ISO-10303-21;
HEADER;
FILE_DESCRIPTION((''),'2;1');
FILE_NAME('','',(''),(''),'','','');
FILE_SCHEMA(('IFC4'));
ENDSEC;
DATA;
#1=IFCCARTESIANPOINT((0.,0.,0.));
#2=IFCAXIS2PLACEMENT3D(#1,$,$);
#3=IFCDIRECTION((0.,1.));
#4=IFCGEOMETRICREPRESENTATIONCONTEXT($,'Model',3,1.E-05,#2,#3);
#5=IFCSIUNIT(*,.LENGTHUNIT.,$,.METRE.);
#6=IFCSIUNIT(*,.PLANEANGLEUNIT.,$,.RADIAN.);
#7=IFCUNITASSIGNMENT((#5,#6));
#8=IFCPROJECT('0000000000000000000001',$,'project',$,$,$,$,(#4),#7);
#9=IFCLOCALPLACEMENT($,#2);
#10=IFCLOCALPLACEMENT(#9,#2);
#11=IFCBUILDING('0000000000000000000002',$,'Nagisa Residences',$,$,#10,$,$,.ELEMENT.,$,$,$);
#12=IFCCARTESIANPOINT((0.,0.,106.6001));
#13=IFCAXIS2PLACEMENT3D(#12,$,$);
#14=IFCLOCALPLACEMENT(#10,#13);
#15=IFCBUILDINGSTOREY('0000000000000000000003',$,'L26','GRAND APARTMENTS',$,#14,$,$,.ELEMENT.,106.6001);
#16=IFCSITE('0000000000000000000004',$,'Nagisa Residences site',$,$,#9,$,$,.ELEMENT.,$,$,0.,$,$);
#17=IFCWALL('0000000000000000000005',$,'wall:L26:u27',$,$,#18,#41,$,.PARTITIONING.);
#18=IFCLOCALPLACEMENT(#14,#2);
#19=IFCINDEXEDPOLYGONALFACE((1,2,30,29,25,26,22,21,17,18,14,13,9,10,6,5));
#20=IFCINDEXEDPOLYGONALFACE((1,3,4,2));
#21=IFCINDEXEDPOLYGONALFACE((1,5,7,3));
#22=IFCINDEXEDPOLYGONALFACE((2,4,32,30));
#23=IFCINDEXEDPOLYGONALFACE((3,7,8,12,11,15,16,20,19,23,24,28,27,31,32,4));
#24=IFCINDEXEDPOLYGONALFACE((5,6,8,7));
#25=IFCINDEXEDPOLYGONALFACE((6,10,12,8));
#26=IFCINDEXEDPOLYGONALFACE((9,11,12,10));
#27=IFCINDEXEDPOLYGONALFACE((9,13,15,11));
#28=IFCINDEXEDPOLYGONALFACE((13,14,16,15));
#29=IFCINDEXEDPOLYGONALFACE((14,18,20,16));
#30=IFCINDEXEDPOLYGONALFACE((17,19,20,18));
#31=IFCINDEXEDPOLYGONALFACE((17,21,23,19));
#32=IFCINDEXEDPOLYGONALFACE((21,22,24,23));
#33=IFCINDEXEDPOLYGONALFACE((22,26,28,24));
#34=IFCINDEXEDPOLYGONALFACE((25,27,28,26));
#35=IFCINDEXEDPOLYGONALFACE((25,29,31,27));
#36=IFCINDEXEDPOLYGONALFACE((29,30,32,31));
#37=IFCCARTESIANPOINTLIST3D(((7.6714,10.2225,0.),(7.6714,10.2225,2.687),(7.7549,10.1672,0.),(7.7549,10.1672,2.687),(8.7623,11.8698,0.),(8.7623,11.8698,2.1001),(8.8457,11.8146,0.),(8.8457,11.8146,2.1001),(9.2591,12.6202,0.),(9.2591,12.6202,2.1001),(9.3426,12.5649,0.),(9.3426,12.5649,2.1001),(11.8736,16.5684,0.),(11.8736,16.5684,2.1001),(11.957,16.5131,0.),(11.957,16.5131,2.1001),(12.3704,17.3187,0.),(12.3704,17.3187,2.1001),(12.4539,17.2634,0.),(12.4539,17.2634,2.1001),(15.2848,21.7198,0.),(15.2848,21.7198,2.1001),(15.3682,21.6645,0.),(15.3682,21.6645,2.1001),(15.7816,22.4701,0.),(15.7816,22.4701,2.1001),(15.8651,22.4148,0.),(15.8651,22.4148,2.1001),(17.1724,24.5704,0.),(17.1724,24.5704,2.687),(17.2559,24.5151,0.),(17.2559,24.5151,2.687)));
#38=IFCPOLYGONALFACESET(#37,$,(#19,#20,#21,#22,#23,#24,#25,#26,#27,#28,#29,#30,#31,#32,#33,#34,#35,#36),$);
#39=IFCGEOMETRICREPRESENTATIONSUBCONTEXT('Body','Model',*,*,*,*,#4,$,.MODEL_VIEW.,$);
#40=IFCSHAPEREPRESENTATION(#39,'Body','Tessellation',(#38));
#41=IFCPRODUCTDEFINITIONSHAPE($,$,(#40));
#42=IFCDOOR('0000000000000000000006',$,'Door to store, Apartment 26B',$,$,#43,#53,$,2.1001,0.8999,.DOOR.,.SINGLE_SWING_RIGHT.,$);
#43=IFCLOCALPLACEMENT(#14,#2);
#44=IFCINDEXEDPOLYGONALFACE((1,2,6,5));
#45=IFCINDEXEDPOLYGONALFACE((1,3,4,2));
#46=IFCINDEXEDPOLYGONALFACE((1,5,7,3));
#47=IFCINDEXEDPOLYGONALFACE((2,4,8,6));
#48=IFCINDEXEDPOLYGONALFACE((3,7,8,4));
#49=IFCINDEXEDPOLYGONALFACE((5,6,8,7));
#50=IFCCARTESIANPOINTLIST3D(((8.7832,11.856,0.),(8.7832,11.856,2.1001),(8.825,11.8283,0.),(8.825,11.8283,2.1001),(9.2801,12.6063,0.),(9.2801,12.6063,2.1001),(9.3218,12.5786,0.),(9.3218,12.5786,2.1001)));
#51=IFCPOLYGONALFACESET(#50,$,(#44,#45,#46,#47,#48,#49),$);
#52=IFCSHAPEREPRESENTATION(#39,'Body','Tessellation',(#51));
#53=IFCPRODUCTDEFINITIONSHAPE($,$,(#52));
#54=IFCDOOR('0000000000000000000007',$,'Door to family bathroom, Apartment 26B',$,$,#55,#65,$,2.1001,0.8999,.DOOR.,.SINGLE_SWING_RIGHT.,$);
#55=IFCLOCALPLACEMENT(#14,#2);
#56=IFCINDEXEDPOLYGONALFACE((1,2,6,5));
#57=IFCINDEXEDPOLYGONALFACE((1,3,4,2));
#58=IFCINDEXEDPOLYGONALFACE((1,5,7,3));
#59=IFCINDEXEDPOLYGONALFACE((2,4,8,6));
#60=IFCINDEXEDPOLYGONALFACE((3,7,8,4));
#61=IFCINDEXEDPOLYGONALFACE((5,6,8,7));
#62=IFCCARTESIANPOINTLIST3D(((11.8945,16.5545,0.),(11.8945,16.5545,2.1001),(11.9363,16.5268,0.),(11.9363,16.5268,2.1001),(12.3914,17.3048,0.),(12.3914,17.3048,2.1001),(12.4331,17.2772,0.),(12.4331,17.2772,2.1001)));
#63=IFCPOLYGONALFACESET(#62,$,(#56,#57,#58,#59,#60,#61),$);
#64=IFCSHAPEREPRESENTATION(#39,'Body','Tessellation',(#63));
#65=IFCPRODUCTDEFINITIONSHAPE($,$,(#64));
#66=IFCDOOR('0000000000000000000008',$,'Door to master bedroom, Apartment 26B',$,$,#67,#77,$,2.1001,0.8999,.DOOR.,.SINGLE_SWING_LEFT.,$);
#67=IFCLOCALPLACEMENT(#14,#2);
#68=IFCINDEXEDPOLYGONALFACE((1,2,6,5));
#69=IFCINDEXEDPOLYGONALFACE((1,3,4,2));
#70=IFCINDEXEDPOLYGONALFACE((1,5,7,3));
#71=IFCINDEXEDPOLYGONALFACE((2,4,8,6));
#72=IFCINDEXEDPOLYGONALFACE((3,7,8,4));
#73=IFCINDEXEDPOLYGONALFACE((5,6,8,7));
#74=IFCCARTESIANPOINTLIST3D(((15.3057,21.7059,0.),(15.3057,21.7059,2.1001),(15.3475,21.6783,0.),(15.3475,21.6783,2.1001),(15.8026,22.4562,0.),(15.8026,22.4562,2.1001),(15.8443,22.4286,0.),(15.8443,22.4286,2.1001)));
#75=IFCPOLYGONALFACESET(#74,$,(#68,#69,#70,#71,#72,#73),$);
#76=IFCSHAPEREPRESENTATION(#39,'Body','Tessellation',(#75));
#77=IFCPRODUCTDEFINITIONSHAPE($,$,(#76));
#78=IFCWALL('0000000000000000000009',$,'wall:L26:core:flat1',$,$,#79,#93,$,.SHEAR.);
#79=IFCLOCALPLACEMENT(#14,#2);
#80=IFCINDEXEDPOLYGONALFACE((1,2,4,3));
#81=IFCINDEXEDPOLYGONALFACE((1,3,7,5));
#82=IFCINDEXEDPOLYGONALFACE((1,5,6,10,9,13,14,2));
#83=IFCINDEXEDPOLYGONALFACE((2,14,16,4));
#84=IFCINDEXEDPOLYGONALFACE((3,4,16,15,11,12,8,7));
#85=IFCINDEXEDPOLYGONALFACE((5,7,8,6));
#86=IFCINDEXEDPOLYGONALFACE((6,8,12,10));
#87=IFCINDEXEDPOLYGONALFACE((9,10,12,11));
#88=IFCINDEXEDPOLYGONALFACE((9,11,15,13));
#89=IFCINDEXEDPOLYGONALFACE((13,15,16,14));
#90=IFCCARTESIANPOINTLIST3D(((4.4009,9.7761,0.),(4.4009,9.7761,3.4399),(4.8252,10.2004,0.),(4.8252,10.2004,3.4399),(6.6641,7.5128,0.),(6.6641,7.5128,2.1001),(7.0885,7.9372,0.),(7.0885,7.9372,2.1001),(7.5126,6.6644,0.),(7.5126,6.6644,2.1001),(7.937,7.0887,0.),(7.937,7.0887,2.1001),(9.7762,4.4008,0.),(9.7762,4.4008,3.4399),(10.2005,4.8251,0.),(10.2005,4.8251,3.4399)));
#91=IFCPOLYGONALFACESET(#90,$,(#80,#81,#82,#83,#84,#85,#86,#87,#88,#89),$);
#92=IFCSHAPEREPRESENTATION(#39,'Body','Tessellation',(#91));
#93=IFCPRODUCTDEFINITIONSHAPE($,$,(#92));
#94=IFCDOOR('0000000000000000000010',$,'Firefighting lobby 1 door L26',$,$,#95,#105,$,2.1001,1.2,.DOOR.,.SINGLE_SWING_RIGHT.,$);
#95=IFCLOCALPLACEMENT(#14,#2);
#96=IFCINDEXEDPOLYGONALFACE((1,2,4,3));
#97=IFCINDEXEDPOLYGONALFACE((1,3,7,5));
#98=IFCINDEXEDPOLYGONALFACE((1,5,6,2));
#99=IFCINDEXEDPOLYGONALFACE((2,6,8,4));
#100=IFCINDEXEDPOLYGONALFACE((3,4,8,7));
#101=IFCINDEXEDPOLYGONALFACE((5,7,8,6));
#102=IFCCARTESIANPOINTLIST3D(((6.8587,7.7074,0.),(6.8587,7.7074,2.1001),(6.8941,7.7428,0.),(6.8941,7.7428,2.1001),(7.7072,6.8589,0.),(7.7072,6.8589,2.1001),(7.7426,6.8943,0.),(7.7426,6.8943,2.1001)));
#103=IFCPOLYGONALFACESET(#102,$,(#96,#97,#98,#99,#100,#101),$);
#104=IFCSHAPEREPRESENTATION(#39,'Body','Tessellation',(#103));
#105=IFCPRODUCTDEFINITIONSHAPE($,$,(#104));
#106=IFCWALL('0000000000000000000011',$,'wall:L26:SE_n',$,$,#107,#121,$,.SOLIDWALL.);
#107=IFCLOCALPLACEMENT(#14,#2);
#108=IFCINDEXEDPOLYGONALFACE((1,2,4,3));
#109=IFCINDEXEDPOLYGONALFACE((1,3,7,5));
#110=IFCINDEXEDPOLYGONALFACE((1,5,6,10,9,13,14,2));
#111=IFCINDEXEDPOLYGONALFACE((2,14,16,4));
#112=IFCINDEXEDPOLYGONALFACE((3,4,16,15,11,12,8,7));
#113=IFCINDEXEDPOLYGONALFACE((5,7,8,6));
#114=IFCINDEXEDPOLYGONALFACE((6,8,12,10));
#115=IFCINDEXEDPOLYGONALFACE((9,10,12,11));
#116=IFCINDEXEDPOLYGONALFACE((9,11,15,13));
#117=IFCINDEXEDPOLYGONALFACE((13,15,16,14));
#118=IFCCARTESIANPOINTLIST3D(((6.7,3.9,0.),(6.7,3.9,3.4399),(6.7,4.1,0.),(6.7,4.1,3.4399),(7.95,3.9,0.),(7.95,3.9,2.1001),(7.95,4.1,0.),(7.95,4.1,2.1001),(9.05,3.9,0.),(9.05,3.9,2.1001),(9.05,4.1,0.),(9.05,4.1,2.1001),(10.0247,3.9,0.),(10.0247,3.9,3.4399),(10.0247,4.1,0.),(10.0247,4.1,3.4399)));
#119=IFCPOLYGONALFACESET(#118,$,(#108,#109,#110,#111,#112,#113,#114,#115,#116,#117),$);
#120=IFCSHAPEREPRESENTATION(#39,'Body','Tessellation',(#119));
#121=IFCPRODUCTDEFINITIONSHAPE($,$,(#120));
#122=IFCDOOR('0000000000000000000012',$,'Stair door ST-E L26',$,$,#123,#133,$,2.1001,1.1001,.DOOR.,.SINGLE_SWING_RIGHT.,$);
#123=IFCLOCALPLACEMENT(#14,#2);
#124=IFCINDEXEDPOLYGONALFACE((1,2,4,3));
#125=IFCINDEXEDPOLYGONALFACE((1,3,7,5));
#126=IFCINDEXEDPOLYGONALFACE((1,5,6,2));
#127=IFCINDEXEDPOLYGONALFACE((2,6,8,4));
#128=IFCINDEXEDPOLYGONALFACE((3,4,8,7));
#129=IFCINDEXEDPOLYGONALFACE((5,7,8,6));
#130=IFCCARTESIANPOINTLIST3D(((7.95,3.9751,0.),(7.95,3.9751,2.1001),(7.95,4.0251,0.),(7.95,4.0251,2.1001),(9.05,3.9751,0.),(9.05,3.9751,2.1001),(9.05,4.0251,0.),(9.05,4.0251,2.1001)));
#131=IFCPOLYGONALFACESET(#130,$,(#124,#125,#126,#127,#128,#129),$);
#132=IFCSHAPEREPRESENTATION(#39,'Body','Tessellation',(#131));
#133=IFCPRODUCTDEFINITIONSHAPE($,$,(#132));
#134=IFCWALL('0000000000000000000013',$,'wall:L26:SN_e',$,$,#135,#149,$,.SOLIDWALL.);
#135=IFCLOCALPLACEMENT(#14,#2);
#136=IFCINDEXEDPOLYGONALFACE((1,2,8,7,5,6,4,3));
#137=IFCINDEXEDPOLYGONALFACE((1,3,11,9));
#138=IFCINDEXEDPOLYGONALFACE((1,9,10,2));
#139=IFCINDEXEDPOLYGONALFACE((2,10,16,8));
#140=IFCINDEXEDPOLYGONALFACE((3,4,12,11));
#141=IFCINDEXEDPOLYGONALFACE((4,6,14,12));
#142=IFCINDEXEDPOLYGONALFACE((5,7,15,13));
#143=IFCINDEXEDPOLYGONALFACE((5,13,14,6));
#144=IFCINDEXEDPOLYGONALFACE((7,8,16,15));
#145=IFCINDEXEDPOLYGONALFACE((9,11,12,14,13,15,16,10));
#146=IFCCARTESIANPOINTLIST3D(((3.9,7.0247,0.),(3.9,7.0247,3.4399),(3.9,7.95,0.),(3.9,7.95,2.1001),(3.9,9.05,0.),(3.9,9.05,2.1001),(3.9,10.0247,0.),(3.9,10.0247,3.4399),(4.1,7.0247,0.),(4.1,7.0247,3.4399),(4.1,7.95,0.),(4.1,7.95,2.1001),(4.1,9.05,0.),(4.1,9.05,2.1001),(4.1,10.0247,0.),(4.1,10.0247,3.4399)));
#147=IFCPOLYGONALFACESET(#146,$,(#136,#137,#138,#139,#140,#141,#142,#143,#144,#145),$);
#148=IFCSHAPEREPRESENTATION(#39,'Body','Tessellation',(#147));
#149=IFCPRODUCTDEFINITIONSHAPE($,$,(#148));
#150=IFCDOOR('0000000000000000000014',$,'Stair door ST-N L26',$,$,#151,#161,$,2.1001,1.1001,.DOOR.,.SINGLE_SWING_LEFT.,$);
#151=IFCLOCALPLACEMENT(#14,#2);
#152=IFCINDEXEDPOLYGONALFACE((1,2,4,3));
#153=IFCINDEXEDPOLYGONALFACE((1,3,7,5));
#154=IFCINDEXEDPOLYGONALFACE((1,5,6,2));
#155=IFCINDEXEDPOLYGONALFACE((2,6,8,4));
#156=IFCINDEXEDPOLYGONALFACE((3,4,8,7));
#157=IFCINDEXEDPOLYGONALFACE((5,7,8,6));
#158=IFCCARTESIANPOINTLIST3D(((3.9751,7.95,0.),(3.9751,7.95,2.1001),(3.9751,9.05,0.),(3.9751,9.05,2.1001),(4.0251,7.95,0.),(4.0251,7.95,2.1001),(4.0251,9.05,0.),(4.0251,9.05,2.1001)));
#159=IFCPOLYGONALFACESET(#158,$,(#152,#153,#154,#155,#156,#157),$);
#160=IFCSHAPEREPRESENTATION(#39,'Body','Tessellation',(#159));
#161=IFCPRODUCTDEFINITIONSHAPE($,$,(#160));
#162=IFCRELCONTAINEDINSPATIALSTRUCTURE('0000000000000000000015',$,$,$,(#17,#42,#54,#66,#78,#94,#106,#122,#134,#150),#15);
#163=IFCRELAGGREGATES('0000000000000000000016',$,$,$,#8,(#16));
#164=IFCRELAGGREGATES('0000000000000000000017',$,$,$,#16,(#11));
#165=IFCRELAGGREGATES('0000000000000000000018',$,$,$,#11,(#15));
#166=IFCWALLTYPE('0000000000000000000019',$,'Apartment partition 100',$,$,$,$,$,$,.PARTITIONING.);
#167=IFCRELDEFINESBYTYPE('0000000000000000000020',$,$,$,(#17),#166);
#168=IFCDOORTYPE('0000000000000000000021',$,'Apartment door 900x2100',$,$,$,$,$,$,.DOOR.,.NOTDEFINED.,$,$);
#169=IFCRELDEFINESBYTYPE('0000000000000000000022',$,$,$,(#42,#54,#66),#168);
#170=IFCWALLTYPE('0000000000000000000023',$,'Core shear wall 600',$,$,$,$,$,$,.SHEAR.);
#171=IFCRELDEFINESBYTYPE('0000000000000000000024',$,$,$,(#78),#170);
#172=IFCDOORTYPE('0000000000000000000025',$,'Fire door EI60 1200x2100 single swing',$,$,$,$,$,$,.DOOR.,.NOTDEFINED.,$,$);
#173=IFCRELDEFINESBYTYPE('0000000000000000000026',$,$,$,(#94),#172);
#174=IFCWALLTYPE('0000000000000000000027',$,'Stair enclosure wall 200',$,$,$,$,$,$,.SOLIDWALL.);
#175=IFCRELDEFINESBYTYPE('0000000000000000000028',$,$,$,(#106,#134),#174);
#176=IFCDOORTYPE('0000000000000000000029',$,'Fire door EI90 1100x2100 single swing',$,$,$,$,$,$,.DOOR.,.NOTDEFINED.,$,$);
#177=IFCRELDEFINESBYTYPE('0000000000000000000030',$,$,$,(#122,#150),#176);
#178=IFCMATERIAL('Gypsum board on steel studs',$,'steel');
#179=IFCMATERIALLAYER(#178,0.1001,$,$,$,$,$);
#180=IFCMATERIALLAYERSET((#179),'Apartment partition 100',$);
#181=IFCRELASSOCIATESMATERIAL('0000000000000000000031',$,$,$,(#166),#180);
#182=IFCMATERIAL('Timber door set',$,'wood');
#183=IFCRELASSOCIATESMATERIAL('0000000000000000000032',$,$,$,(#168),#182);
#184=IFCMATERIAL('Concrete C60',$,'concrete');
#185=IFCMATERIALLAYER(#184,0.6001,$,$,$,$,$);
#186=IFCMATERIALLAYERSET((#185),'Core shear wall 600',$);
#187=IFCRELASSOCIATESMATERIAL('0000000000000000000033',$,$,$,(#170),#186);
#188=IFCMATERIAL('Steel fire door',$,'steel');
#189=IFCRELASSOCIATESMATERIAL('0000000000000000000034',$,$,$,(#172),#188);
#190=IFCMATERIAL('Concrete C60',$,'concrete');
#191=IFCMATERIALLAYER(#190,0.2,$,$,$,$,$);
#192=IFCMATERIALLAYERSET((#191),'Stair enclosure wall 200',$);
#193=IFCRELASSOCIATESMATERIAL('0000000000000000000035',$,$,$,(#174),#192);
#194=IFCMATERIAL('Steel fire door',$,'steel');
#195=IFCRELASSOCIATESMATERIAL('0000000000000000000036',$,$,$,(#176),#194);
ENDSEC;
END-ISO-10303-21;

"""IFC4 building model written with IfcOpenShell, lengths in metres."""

from ifc_helpers import new_model, si_unit, direction, frame, frame_2d, origin, place, context, subcontext, project, spatial, rectangle, extrude, material, layer, layer_set, type_object, element, fill, save


model = new_model("IFC4")

# Units and contexts
model_context = context("Model", 3, precision=1e-05, world=origin(), true_north=direction((0.0, 1.0)))
body_context = subcontext(model_context, "Body", "Model", "MODEL_VIEW")
ifc_project = project(units=[si_unit("LENGTHUNIT", "METRE"), si_unit("PLANEANGLEUNIT", "RADIAN")], contexts=[model_context])

# Site, building, storey
site_placement = place(None, origin())
site = spatial("IfcSite", under=ifc_project, at=site_placement, Name="Nagisa Residences site", CompositionType="ELEMENT", RefElevation=0.0)
building_placement = place(site_placement, origin())
building = spatial("IfcBuilding", under=site, at=building_placement, Name="Nagisa Residences", CompositionType="ELEMENT")
storey_placement = place(building_placement, frame((0.0, 0.0, 106.6001)))
storey = spatial("IfcBuildingStorey", under=building, at=storey_placement, Name="L26", Description="GRAND APARTMENTS", CompositionType="ELEMENT", Elevation=106.6001)

# Shared definitions
ifc_material_1 = material(Name="Gypsum board on steel studs", Category="steel")
ifc_layer_1 = layer(ifc_material_1, 0.1001)
ifc_layer_set_1 = layer_set([ifc_layer_1], Name="Apartment partition 100")
wall_type_1 = type_object("IfcWallType", Name="Apartment partition 100", PredefinedType="PARTITIONING", material=ifc_layer_set_1)

# Wall, openings, doors
ifc_material_2 = material(Name="Timber door set", Category="wood")
door_type_1 = type_object("IfcDoorType", Name="Apartment door 900x2100", OperationType="NOTDEFINED", PredefinedType="DOOR", material=ifc_material_2)
wall_1_placement = place(storey_placement, frame((7.7131, 10.1948, 0.0), z_axis=(0.0, 0.0, 1.0), x_axis=(0.552111, 0.833771, 0.0)))
wall_1 = element("IfcWall", 1, at=wall_1_placement, inside=storey, type_object=wall_type_1, Name="wall:L26:u27", PredefinedType="PARTITIONING", context=body_context, shape_type="SweptSolid", body=[
    extrude(rectangle(XDim=17.2085, YDim=0.1001, at=frame_2d((8.6042, 0.0))), origin(), (0.0, 0.0, 1.0), 2.687),
])
opening_1_placement = place(wall_1_placement, frame((1.9758, 0.0, 0.0)))
opening_1 = element("IfcOpeningElement", 2, at=opening_1_placement, cuts=wall_1, PredefinedType="OPENING", context=body_context, shape_type="SweptSolid", body=[
    extrude(rectangle(XDim=0.8999, YDim=2.1001, at=frame_2d((0.45, 1.05))), frame((0.0, 0.0601, 0.0), z_axis=(0.0, -1.0, 0.0), x_axis=(1.0, 0.0, 0.0)), (0.0, 0.0, 1.0), 0.1201),
])
opening_2_placement = place(wall_1_placement, frame((7.6111, 0.0, 0.0)))
opening_2 = element("IfcOpeningElement", 3, at=opening_2_placement, cuts=wall_1, PredefinedType="OPENING", context=body_context, shape_type="SweptSolid", body=[
    extrude(rectangle(XDim=0.8999, YDim=2.1001, at=frame_2d((0.45, 1.05))), frame((0.0, 0.0601, 0.0), z_axis=(0.0, -1.0, 0.0), x_axis=(1.0, 0.0, 0.0)), (0.0, 0.0, 1.0), 0.1201),
])
opening_3_placement = place(wall_1_placement, frame((13.7896, 0.0, 0.0)))
opening_3 = element("IfcOpeningElement", 4, at=opening_3_placement, cuts=wall_1, PredefinedType="OPENING", context=body_context, shape_type="SweptSolid", body=[
    extrude(rectangle(XDim=0.8999, YDim=2.1001, at=frame_2d((0.45, 1.05))), frame((0.0, 0.0601, 0.0), z_axis=(0.0, -1.0, 0.0), x_axis=(1.0, 0.0, 0.0)), (0.0, 0.0, 1.0), 0.1201),
])
door_1_placement = place(opening_1_placement, origin())
door_1 = element("IfcDoor", 5, at=door_1_placement, inside=storey, type_object=door_type_1, Name="Door to store, Apartment 26B", OperationType="SINGLE_SWING_RIGHT", OverallHeight=2.1001, OverallWidth=0.8999, PredefinedType="DOOR", context=body_context, shape_type="SweptSolid", body=[
    extrude(rectangle(XDim=0.8999, YDim=2.1001, at=frame_2d((0.45, 1.05))), frame((0.0, 0.0249, 0.0), z_axis=(0.0, -1.0, 0.0), x_axis=(1.0, 0.0, 0.0)), (0.0, 0.0, 1.0), 0.05),
])
fill(opening_1, door_1)
door_2_placement = place(opening_2_placement, origin())
door_2 = element("IfcDoor", 6, at=door_2_placement, inside=storey, type_object=door_type_1, Name="Door to family bathroom, Apartment 26B", OperationType="SINGLE_SWING_RIGHT", OverallHeight=2.1001, OverallWidth=0.8999, PredefinedType="DOOR", context=body_context, shape_type="SweptSolid", body=[
    extrude(rectangle(XDim=0.8999, YDim=2.1001, at=frame_2d((0.45, 1.05))), frame((0.0, 0.0249, 0.0), z_axis=(0.0, -1.0, 0.0), x_axis=(1.0, 0.0, 0.0)), (0.0, 0.0, 1.0), 0.05),
])
fill(opening_2, door_2)
door_3_placement = place(opening_3_placement, origin())
door_3 = element("IfcDoor", 7, at=door_3_placement, inside=storey, type_object=door_type_1, Name="Door to master bedroom, Apartment 26B", OperationType="SINGLE_SWING_LEFT", OverallHeight=2.1001, OverallWidth=0.8999, PredefinedType="DOOR", context=body_context, shape_type="SweptSolid", body=[
    extrude(rectangle(XDim=0.8999, YDim=2.1001, at=frame_2d((0.45, 1.05))), frame((0.0, 0.0249, 0.0), z_axis=(0.0, -1.0, 0.0), x_axis=(1.0, 0.0, 0.0)), (0.0, 0.0, 1.0), 0.05),
])
fill(opening_3, door_3)

# Walls, openings, doors
ifc_material_3 = material(Name="Concrete C60", Category="concrete")
ifc_layer_2 = layer(ifc_material_3, 0.6001)
ifc_layer_set_2 = layer_set([ifc_layer_2], Name="Core shear wall 600")
wall_type_2 = type_object("IfcWallType", Name="Core shear wall 600", PredefinedType="SHEAR", material=ifc_layer_set_2)
wall_2_placement = place(storey_placement, frame((9.9883, 4.613, 0.0), z_axis=(0.0, 0.0, 1.0), x_axis=(-0.707107, 0.707107, 0.0)))
wall_2 = element("IfcWall", 8, at=wall_2_placement, inside=storey, type_object=wall_type_2, Name="wall:L26:core:flat1", PredefinedType="SHEAR", context=body_context, shape_type="SweptSolid", body=[
    extrude(rectangle(XDim=7.6018, YDim=0.6001, at=frame_2d((3.8008, 0.0))), origin(), (0.0, 0.0, 1.0), 3.4399),
])
opening_4_placement = place(wall_2_placement, frame((3.2009, 0.0, 0.0)))
opening_4 = element("IfcOpeningElement", 9, at=opening_4_placement, cuts=wall_2, PredefinedType="OPENING", context=body_context, shape_type="SweptSolid", body=[
    extrude(rectangle(XDim=1.2, YDim=2.1001, at=frame_2d((0.6001, 1.05))), frame((0.0, 0.3101, 0.0), z_axis=(0.0, -1.0, 0.0), x_axis=(1.0, 0.0, 0.0)), (0.0, 0.0, 1.0), 0.6201),
])
ifc_material_4 = material(Name="Steel fire door", Category="steel")
door_type_2 = type_object("IfcDoorType", Name="Fire door EI60 1200x2100 single swing", OperationType="NOTDEFINED", PredefinedType="DOOR", material=ifc_material_4)
door_4_placement = place(opening_4_placement, origin())
door_4 = element("IfcDoor", 10, at=door_4_placement, inside=storey, type_object=door_type_2, Name="Firefighting lobby 1 door L26", OperationType="SINGLE_SWING_RIGHT", OverallHeight=2.1001, OverallWidth=1.2, PredefinedType="DOOR", context=body_context, shape_type="SweptSolid", body=[
    extrude(rectangle(XDim=1.2, YDim=2.1001, at=frame_2d((0.6001, 1.05))), frame((0.0, 0.0249, 0.0), z_axis=(0.0, -1.0, 0.0), x_axis=(1.0, 0.0, 0.0)), (0.0, 0.0, 1.0), 0.05),
])
fill(opening_4, door_4)
ifc_material_5 = material(Name="Concrete C60", Category="concrete")
ifc_layer_3 = layer(ifc_material_5, 0.2)
ifc_layer_set_3 = layer_set([ifc_layer_3], Name="Stair enclosure wall 200")
wall_type_3 = type_object("IfcWallType", Name="Stair enclosure wall 200", PredefinedType="SOLIDWALL", material=ifc_layer_set_3)
wall_3_placement = place(storey_placement, frame((6.7, 4.0, 0.0), z_axis=(0.0, 0.0, 1.0), x_axis=(1.0, 0.0, 0.0)))
wall_3 = element("IfcWall", 11, at=wall_3_placement, inside=storey, type_object=wall_type_3, Name="wall:L26:SE_n", PredefinedType="SOLIDWALL", context=body_context, shape_type="SweptSolid", body=[
    extrude(rectangle(XDim=3.3247, YDim=0.2, at=frame_2d((1.6624, 0.0))), origin(), (0.0, 0.0, 1.0), 3.4399),
])
opening_5_placement = place(wall_3_placement, frame((1.25, 0.0, 0.0)))
opening_5 = element("IfcOpeningElement", 12, at=opening_5_placement, cuts=wall_3, PredefinedType="OPENING", context=body_context, shape_type="SweptSolid", body=[
    extrude(rectangle(XDim=1.1001, YDim=2.1001, at=frame_2d((0.55, 1.05))), frame((0.0, 0.1099, 0.0), z_axis=(0.0, -1.0, 0.0), x_axis=(1.0, 0.0, 0.0)), (0.0, 0.0, 1.0), 0.22),
])
ifc_material_6 = material(Name="Steel fire door", Category="steel")
door_type_3 = type_object("IfcDoorType", Name="Fire door EI90 1100x2100 single swing", OperationType="NOTDEFINED", PredefinedType="DOOR", material=ifc_material_6)
door_5_placement = place(opening_5_placement, frame((1.1001, 0.0, 0.0), x_axis=(-1.0, 0.0, 0.0)))
door_5 = element("IfcDoor", 13, at=door_5_placement, inside=storey, type_object=door_type_3, Name="Stair door ST-E L26", OperationType="SINGLE_SWING_RIGHT", OverallHeight=2.1001, OverallWidth=1.1001, PredefinedType="DOOR", context=body_context, shape_type="SweptSolid", body=[
    extrude(rectangle(XDim=1.1001, YDim=2.1001, at=frame_2d((0.55, 1.05))), frame((0.0, 0.0249, 0.0), z_axis=(0.0, -1.0, 0.0), x_axis=(1.0, 0.0, 0.0)), (0.0, 0.0, 1.0), 0.05),
])
fill(opening_5, door_5)
wall_4_placement = place(storey_placement, frame((4.0, 7.0247, 0.0), z_axis=(0.0, 0.0, 1.0), x_axis=(0.0, 1.0, 0.0)))
wall_4 = element("IfcWall", 14, at=wall_4_placement, inside=storey, type_object=wall_type_3, Name="wall:L26:SN_e", PredefinedType="SOLIDWALL", context=body_context, shape_type="SweptSolid", body=[
    extrude(rectangle(XDim=3.0, YDim=0.2, at=frame_2d((1.5, 0.0))), origin(), (0.0, 0.0, 1.0), 3.4399),
])
opening_6_placement = place(wall_4_placement, frame((0.9253, 0.0, 0.0)))
opening_6 = element("IfcOpeningElement", 15, at=opening_6_placement, cuts=wall_4, PredefinedType="OPENING", context=body_context, shape_type="SweptSolid", body=[
    extrude(rectangle(XDim=1.1001, YDim=2.1001, at=frame_2d((0.55, 1.05))), frame((0.0, 0.1099, 0.0), z_axis=(0.0, -1.0, 0.0), x_axis=(1.0, 0.0, 0.0)), (0.0, 0.0, 1.0), 0.22),
])
door_6_placement = place(opening_6_placement, origin())
door_6 = element("IfcDoor", 16, at=door_6_placement, inside=storey, type_object=door_type_3, Name="Stair door ST-N L26", OperationType="SINGLE_SWING_LEFT", OverallHeight=2.1001, OverallWidth=1.1001, PredefinedType="DOOR", context=body_context, shape_type="SweptSolid", body=[
    extrude(rectangle(XDim=1.1001, YDim=2.1001, at=frame_2d((0.55, 1.05))), frame((0.0, 0.0249, 0.0), z_axis=(0.0, -1.0, 0.0), x_axis=(1.0, 0.0, 0.0)), (0.0, 0.0, 1.0), 0.05),
])
fill(opening_6, door_6)

save(model, "model.ifc")
